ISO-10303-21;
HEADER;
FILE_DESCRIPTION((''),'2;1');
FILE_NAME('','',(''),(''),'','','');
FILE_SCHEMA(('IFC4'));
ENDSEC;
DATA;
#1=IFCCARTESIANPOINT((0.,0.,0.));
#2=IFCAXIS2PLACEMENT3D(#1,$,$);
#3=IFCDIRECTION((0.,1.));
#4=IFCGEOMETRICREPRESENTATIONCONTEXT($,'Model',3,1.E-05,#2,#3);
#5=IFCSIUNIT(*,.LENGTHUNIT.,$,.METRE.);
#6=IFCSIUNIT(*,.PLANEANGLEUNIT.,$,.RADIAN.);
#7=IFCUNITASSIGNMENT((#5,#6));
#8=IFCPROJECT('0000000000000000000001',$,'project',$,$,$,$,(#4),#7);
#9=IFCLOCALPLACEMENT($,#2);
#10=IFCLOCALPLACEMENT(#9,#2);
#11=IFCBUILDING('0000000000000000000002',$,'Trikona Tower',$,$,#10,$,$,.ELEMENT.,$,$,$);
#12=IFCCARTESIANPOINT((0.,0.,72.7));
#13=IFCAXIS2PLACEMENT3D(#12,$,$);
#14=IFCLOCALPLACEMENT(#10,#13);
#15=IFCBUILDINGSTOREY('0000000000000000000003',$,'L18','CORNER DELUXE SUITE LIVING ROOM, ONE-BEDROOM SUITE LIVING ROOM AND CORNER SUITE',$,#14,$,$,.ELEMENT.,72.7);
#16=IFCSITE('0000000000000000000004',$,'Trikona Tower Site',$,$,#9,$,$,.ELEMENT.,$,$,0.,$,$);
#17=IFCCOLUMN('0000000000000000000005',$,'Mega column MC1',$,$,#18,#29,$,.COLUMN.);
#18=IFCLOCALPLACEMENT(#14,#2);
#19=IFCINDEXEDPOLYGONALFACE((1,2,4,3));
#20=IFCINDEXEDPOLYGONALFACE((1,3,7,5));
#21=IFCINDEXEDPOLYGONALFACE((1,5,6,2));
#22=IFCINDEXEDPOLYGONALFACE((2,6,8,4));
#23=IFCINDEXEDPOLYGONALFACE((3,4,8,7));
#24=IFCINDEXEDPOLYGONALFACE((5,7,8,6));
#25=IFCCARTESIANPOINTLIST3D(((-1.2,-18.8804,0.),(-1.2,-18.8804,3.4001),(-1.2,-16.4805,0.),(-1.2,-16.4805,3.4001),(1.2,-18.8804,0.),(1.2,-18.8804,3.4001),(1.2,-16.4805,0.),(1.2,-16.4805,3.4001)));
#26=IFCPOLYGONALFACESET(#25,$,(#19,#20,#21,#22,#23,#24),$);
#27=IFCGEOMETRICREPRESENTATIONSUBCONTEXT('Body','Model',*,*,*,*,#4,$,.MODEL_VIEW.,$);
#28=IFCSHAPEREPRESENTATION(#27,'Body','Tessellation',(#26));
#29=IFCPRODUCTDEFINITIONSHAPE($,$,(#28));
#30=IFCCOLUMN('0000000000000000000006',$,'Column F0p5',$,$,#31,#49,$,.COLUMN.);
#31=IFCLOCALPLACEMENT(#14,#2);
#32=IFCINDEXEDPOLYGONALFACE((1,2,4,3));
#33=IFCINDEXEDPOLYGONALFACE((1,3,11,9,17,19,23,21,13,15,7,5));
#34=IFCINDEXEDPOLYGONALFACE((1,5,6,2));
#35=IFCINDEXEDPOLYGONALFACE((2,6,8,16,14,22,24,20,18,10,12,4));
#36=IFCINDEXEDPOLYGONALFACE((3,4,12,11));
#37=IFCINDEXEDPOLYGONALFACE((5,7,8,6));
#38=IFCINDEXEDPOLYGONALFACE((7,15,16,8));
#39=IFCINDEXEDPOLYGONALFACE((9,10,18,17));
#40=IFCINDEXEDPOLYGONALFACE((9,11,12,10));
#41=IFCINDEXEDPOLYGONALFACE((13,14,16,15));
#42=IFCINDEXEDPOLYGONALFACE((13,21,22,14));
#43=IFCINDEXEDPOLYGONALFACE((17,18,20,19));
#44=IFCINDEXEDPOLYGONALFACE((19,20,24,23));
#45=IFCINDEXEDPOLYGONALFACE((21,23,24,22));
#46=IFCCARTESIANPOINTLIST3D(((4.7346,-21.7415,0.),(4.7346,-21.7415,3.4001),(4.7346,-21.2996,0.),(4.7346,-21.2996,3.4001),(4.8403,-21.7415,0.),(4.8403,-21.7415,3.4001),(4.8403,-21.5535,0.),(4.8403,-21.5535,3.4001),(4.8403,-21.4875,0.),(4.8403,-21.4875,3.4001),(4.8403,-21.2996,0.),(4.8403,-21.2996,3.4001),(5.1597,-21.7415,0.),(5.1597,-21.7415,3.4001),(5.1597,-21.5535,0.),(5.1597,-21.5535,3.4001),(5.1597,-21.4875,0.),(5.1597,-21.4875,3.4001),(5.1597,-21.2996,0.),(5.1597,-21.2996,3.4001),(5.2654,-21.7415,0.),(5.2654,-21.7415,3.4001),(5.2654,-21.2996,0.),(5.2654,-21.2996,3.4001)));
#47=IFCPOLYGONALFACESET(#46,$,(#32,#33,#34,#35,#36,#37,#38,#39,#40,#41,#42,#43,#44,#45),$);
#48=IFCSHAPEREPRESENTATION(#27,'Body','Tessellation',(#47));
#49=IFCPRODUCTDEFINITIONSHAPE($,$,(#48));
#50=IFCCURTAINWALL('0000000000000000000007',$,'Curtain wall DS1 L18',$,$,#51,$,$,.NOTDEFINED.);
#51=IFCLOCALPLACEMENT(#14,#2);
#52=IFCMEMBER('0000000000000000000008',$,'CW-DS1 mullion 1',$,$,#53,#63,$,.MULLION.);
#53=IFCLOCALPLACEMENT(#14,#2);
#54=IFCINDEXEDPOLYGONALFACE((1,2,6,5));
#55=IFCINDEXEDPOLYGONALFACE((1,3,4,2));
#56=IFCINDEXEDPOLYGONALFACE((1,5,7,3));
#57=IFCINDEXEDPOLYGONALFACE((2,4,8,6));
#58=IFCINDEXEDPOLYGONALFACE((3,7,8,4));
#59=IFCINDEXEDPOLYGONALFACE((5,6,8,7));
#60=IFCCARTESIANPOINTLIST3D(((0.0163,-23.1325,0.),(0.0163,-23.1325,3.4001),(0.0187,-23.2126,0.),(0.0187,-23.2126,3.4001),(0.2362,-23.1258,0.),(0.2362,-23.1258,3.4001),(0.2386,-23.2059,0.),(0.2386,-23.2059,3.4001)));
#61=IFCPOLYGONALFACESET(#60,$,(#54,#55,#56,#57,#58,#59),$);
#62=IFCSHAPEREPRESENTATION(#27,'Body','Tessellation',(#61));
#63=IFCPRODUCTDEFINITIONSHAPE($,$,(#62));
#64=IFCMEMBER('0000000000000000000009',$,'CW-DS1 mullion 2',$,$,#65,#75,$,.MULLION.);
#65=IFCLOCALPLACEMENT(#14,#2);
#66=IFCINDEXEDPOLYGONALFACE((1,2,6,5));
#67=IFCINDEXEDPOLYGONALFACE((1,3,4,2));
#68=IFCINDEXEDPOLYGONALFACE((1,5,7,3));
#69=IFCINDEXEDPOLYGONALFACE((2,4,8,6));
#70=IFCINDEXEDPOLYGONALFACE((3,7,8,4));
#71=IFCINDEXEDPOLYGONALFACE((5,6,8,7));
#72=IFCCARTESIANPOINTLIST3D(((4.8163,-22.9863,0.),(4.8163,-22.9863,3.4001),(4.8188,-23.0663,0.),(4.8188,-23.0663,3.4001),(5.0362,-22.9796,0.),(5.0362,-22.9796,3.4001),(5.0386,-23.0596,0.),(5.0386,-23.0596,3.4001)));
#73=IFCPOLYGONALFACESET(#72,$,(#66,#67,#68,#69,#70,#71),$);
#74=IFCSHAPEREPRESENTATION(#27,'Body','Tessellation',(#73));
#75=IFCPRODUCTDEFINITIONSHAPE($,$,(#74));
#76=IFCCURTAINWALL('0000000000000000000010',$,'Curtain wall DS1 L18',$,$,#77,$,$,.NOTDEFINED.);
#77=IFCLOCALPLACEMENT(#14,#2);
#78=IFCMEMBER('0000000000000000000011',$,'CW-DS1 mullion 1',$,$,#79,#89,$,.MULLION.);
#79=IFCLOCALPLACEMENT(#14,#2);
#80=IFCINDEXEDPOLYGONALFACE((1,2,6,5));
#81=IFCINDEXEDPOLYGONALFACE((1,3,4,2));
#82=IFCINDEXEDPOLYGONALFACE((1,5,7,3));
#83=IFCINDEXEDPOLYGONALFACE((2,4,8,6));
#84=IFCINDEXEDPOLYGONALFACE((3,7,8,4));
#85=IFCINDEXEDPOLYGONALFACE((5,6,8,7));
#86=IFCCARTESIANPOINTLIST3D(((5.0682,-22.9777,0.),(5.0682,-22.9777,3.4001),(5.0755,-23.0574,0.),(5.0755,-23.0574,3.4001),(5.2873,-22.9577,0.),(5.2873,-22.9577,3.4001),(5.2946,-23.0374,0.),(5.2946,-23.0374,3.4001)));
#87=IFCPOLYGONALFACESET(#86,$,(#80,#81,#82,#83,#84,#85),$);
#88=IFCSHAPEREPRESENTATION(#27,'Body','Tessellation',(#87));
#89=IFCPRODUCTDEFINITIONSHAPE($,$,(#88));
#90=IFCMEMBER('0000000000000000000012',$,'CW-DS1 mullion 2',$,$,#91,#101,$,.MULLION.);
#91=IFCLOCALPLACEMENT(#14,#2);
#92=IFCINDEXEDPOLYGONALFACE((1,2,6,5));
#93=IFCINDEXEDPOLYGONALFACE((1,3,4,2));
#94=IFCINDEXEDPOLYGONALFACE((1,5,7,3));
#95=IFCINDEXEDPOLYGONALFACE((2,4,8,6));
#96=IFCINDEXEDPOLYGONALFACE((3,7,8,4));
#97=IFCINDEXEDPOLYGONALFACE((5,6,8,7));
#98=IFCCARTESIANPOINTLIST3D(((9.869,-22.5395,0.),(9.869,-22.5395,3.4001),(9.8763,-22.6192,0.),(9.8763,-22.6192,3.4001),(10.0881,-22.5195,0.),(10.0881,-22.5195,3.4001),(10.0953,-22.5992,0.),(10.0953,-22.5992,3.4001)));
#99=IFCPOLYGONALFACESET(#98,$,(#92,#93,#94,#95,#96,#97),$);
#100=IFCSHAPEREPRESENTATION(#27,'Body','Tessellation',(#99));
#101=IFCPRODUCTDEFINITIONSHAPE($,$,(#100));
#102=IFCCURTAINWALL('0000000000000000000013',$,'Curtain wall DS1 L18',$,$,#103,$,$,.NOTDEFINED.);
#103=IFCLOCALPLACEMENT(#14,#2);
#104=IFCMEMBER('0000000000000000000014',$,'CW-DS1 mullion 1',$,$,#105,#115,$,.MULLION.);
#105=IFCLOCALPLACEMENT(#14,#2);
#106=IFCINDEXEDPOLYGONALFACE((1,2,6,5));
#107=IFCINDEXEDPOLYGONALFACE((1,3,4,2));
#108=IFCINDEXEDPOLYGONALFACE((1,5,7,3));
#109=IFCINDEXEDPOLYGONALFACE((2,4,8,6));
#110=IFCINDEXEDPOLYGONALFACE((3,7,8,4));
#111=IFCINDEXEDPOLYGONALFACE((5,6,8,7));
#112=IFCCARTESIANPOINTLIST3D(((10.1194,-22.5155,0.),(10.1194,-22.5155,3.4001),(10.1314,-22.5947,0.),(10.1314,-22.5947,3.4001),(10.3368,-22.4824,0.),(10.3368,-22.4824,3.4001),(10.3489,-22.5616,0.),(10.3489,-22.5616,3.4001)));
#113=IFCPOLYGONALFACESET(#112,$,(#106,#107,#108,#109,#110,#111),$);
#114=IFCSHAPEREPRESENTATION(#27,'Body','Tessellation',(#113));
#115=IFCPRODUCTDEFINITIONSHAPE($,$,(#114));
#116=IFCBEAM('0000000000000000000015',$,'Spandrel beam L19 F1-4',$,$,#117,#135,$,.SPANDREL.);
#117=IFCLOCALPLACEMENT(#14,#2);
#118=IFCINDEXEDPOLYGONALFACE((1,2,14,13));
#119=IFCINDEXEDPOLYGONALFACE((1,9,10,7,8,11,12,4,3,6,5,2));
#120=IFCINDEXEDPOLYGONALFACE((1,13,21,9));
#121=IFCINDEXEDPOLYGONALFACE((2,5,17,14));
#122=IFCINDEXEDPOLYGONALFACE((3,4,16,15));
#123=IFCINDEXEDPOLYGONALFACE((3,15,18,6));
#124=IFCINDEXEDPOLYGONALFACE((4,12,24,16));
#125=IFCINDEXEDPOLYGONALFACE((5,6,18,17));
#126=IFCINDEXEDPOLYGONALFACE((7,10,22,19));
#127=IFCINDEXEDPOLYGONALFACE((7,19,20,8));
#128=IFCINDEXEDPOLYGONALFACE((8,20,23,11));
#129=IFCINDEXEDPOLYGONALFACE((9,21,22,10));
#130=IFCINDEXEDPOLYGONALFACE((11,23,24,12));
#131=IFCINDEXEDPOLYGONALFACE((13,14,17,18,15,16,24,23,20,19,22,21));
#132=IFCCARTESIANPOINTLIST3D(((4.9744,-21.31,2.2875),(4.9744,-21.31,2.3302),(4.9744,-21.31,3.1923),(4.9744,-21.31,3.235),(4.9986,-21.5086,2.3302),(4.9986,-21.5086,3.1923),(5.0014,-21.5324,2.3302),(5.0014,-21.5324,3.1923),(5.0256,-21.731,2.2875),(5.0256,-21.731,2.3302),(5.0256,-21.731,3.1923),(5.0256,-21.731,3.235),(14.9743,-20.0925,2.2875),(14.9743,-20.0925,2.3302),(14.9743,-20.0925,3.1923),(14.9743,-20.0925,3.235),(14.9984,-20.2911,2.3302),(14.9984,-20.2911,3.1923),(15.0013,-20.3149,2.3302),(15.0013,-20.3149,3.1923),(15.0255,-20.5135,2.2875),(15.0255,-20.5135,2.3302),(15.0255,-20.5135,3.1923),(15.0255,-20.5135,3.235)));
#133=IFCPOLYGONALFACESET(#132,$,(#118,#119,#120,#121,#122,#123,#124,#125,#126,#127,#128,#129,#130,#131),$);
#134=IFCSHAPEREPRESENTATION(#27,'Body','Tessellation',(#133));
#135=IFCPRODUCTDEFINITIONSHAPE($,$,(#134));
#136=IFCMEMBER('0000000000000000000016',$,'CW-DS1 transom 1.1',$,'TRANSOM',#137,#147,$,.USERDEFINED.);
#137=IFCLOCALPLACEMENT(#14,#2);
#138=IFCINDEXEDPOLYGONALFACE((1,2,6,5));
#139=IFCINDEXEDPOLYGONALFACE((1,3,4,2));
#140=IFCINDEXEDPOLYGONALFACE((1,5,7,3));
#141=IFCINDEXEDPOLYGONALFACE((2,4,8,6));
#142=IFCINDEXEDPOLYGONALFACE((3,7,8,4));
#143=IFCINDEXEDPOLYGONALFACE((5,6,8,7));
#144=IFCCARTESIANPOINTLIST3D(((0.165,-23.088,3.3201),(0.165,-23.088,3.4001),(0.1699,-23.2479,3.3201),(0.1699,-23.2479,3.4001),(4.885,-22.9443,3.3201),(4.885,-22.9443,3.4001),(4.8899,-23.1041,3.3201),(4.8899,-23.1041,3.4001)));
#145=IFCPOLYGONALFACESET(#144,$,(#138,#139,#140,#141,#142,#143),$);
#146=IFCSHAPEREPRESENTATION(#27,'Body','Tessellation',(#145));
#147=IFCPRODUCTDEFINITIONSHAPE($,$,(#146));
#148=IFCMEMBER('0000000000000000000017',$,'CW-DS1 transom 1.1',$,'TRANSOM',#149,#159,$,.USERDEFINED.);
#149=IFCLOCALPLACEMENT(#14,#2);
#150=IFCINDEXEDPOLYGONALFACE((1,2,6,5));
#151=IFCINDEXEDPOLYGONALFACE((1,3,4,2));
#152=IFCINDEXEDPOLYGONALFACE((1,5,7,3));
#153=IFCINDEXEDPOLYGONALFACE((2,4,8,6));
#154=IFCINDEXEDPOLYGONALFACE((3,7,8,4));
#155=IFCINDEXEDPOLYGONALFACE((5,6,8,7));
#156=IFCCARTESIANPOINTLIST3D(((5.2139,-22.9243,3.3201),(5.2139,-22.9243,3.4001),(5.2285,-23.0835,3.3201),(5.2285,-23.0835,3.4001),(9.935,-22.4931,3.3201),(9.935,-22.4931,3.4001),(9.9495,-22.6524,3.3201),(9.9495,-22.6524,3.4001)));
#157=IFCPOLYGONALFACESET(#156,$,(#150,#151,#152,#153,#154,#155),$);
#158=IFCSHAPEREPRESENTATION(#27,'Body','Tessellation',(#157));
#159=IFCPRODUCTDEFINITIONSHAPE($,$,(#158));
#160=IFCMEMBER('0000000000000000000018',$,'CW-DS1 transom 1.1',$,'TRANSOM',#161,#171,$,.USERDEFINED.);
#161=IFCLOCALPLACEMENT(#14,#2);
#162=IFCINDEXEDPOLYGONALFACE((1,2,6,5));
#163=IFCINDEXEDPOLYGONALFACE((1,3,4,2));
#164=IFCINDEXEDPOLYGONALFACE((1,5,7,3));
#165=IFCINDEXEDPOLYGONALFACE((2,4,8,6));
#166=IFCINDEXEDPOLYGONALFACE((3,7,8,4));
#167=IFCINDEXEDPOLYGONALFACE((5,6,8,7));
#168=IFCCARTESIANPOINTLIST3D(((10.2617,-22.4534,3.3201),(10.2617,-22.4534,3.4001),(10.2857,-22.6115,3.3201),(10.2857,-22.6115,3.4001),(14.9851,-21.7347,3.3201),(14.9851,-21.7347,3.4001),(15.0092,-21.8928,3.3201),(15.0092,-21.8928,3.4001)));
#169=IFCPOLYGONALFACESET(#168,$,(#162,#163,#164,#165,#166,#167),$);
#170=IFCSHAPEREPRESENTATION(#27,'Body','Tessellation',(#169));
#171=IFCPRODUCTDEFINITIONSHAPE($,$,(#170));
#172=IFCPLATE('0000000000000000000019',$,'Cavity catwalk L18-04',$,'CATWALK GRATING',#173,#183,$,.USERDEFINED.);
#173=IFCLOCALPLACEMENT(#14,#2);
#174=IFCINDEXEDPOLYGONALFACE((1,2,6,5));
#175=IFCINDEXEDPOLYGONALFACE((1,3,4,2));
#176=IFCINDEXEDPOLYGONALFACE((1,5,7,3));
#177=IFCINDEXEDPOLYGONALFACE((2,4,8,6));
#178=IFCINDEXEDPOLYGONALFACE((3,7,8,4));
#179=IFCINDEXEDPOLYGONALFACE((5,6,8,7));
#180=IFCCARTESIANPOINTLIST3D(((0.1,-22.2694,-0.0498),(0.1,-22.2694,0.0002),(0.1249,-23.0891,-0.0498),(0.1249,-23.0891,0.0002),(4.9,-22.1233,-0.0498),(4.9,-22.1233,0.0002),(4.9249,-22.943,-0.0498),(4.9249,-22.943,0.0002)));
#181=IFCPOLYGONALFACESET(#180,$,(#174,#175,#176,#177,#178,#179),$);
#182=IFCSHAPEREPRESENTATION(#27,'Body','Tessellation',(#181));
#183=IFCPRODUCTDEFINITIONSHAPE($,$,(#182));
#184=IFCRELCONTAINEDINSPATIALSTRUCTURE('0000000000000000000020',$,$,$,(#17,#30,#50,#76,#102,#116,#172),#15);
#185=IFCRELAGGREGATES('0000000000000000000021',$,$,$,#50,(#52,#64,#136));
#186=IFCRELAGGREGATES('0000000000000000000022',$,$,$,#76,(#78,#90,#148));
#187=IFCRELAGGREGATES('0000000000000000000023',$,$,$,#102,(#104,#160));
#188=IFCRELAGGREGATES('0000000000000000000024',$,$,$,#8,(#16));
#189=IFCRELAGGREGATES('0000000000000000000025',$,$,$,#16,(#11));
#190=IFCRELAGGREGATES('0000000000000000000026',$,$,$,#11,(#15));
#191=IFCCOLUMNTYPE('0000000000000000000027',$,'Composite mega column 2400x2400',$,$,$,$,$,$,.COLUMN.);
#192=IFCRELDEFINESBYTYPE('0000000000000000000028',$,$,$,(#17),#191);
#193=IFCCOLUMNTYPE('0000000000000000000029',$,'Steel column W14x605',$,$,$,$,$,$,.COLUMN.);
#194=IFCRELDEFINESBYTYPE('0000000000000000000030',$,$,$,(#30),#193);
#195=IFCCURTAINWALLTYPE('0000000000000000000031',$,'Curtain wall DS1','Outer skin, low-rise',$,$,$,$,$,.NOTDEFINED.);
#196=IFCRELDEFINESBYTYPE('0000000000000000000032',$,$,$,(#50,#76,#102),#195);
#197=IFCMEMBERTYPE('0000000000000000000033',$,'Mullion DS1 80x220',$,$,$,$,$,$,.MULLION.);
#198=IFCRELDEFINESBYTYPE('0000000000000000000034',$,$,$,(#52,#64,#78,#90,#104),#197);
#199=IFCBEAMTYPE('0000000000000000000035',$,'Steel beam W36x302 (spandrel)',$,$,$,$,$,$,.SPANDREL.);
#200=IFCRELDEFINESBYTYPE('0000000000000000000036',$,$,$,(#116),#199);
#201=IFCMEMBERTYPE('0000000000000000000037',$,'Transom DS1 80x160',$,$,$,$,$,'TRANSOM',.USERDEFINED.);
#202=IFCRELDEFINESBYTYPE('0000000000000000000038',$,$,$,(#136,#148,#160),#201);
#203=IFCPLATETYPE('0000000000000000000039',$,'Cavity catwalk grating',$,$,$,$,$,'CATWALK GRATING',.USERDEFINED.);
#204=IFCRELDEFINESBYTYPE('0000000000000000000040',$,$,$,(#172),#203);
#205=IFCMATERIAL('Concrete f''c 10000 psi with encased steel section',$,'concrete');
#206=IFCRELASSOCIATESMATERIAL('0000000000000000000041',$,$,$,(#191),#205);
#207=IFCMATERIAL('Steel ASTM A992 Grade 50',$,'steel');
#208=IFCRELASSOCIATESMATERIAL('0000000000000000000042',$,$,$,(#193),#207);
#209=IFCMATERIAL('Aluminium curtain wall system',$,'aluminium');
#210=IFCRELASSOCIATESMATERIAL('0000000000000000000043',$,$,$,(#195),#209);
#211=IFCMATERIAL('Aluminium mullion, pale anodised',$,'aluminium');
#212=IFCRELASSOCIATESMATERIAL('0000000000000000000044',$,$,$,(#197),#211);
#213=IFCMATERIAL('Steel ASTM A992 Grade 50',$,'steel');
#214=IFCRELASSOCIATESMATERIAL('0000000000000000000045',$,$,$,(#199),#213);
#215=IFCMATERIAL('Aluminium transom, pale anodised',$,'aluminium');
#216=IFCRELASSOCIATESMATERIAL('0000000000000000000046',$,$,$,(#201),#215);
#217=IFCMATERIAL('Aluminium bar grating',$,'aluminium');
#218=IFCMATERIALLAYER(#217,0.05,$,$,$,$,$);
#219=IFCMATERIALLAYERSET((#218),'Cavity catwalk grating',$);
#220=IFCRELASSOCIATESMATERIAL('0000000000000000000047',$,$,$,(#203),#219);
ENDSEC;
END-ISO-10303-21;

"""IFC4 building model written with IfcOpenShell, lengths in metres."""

from ifc_helpers import new_model, si_unit, direction, frame, origin, origin_2d, place, context, subcontext, project, spatial, rectangle, i_section, extrude, material, layer, layer_set, material_profile, profile_set, type_object, element, aggregate, save


model = new_model("IFC4")

# Units and contexts
model_context = context("Model", 3, precision=1e-05, world=origin(), true_north=direction((0.0, 1.0)))
body_context = subcontext(model_context, "Body", "Model", "MODEL_VIEW")
ifc_project = project(units=[si_unit("LENGTHUNIT", "METRE"), si_unit("PLANEANGLEUNIT", "RADIAN")], contexts=[model_context])

# Site, building, storey
site_placement = place(None, origin())
site = spatial("IfcSite", under=ifc_project, at=site_placement, Name="Trikona Tower Site", CompositionType="ELEMENT", RefElevation=0.0)
building_placement = place(site_placement, origin())
building = spatial("IfcBuilding", under=site, at=building_placement, Name="Trikona Tower", CompositionType="ELEMENT")
storey_placement = place(building_placement, frame((0.0, 0.0, 72.7)))
storey = spatial("IfcBuildingStorey", under=building, at=storey_placement, Name="L18", Description="CORNER DELUXE SUITE LIVING ROOM, ONE-BEDROOM SUITE LIVING ROOM AND CORNER SUITE", CompositionType="ELEMENT", Elevation=72.7)

# Columns
ifc_material_1 = material(Name="Concrete f'c 10000 psi with encased steel section", Category="concrete")
ifc_material_profile_1 = material_profile(ifc_material_1, rectangle(XDim=2.3999, YDim=2.3999, at=origin_2d()), Name="MC2400")
ifc_profile_set_1 = profile_set([ifc_material_profile_1], Name="Concrete f'c 10000 psi with encased steel section")
column_type_1 = type_object("IfcColumnType", Name="Composite mega column 2400x2400", PredefinedType="COLUMN", material=ifc_profile_set_1)
column_1_placement = place(storey_placement, frame((0.0, -17.6804, 0.0), z_axis=(0.0, 0.0, 1.0), x_axis=(0.0, -1.0, 0.0)))
element("IfcColumn", 1, at=column_1_placement, inside=storey, type_object=column_type_1, Name="Mega column MC1", PredefinedType="COLUMN", context=body_context, shape_type="SweptSolid", body=[
    extrude(rectangle(XDim=2.3999, YDim=2.3999, at=origin_2d()), origin(), (0.0, 0.0, 1.0), 3.4001),
])
ifc_material_2 = material(Name="Steel ASTM A992 Grade 50", Category="steel")
ifc_material_profile_2 = material_profile(ifc_material_2, i_section(OverallWidth=0.4419, OverallDepth=0.5308, WebThickness=0.0659, FlangeThickness=0.1057, at=origin_2d()), Name="W14X605")
ifc_profile_set_2 = profile_set([ifc_material_profile_2], Name="Steel ASTM A992 Grade 50")
column_type_2 = type_object("IfcColumnType", Name="Steel column W14x605", PredefinedType="COLUMN", material=ifc_profile_set_2)
column_2_placement = place(storey_placement, frame((5.0, -21.5205, 0.0), z_axis=(0.0, 0.0, 1.0), x_axis=(0.0, -1.0, 0.0)))
element("IfcColumn", 2, at=column_2_placement, inside=storey, type_object=column_type_2, Name="Column F0p5", PredefinedType="COLUMN", context=body_context, shape_type="SweptSolid", body=[
    extrude(i_section(OverallWidth=0.4419, OverallDepth=0.5308, WebThickness=0.0659, FlangeThickness=0.1057, at=origin_2d()), origin(), (0.0, 0.0, 1.0), 3.4001),
])

# Curtain walls, members
ifc_material_3 = material(Name="Aluminium curtain wall system", Category="aluminium")
curtain_wall_type = type_object("IfcCurtainWallType", Name="Curtain wall DS1", Description="Outer skin, low-rise", PredefinedType="NOTDEFINED", material=ifc_material_3)
curtain_wall_1_placement = place(storey_placement, origin())
curtain_wall_1 = element("IfcCurtainWall", 3, at=curtain_wall_1_placement, inside=storey, type_object=curtain_wall_type, Name="Curtain wall DS1 L18", PredefinedType="NOTDEFINED")
ifc_material_4 = material(Name="Aluminium mullion, pale anodised", Category="aluminium")
ifc_material_profile_3 = material_profile(ifc_material_4, rectangle(XDim=0.0801, YDim=0.22, at=origin_2d()), Name="MUL-DS1")
ifc_profile_set_3 = profile_set([ifc_material_profile_3], Name="Aluminium mullion, pale anodised")
member_type_1 = type_object("IfcMemberType", Name="Mullion DS1 80x220", PredefinedType="MULLION", material=ifc_profile_set_3)
member_1_placement = place(storey_placement, frame((0.1274, -23.1692, 0.0), z_axis=(0.0, 0.0, 1.0), x_axis=(-0.030437, 0.999537, 0.0)))
member_1 = element("IfcMember", 4, at=member_1_placement, type_object=member_type_1, Name="CW-DS1 mullion 1", PredefinedType="MULLION", context=body_context, shape_type="SweptSolid", body=[
    extrude(rectangle(XDim=0.0801, YDim=0.22, at=origin_2d()), origin(), (0.0, 0.0, 1.0), 3.4001),
])
member_2_placement = place(storey_placement, frame((4.9275, -23.0229, 0.0), z_axis=(0.0, 0.0, 1.0), x_axis=(-0.030437, 0.999537, 0.0)))
member_2 = element("IfcMember", 5, at=member_2_placement, type_object=member_type_1, Name="CW-DS1 mullion 2", PredefinedType="MULLION", context=body_context, shape_type="SweptSolid", body=[
    extrude(rectangle(XDim=0.0801, YDim=0.22, at=origin_2d()), origin(), (0.0, 0.0, 1.0), 3.4001),
])
curtain_wall_2_placement = place(storey_placement, origin())
curtain_wall_2 = element("IfcCurtainWall", 6, at=curtain_wall_2_placement, inside=storey, type_object=curtain_wall_type, Name="Curtain wall DS1 L18", PredefinedType="NOTDEFINED")
member_3_placement = place(storey_placement, frame((5.1814, -23.0076, 0.0), z_axis=(0.0, 0.0, 1.0), x_axis=(-0.090924, 0.995858, 0.0)))
member_3 = element("IfcMember", 7, at=member_3_placement, type_object=member_type_1, Name="CW-DS1 mullion 1", PredefinedType="MULLION", context=body_context, shape_type="SweptSolid", body=[
    extrude(rectangle(XDim=0.0801, YDim=0.22, at=origin_2d()), origin(), (0.0, 0.0, 1.0), 3.4001),
])
member_4_placement = place(storey_placement, frame((9.9822, -22.5693, 0.0), z_axis=(0.0, 0.0, 1.0), x_axis=(-0.090924, 0.995858, 0.0)))
member_4 = element("IfcMember", 8, at=member_4_placement, type_object=member_type_1, Name="CW-DS1 mullion 2", PredefinedType="MULLION", context=body_context, shape_type="SweptSolid", body=[
    extrude(rectangle(XDim=0.0801, YDim=0.22, at=origin_2d()), origin(), (0.0, 0.0, 1.0), 3.4001),
])

# Curtain wall, member
curtain_wall_3_placement = place(storey_placement, origin())
curtain_wall_3 = element("IfcCurtainWall", 9, at=curtain_wall_3_placement, inside=storey, type_object=curtain_wall_type, Name="Curtain wall DS1 L18", PredefinedType="NOTDEFINED")
member_5_placement = place(storey_placement, frame((10.2341, -22.5386, 0.0), z_axis=(0.0, 0.0, 1.0), x_axis=(-0.150438, 0.988619, 0.0)))
member_5 = element("IfcMember", 10, at=member_5_placement, type_object=member_type_1, Name="CW-DS1 mullion 1", PredefinedType="MULLION", context=body_context, shape_type="SweptSolid", body=[
    extrude(rectangle(XDim=0.0801, YDim=0.22, at=origin_2d()), origin(), (0.0, 0.0, 1.0), 3.4001),
])

# Beam
ifc_material_5 = material(Name="Steel ASTM A992 Grade 50", Category="steel")
ifc_material_profile_4 = material_profile(ifc_material_5, i_section(OverallWidth=0.4241, OverallDepth=0.9475, WebThickness=0.0239, FlangeThickness=0.0427, at=origin_2d()), Name="W36X302")
ifc_profile_set_4 = profile_set([ifc_material_profile_4], Name="Steel ASTM A992 Grade 50")
beam_type = type_object("IfcBeamType", Name="Steel beam W36x302 (spandrel)", PredefinedType="SPANDREL", material=ifc_profile_set_4)
beam_placement = place(storey_placement, frame((5.0, -21.5205, 2.7612), z_axis=(0.99267, 0.12086, 0.0), x_axis=(-0.12086, 0.99267, 0.0)))
element("IfcBeam", 11, at=beam_placement, inside=storey, type_object=beam_type, Name="Spandrel beam L19 F1-4", PredefinedType="SPANDREL", context=body_context, shape_type="SweptSolid", body=[
    extrude(i_section(OverallWidth=0.4241, OverallDepth=0.9475, WebThickness=0.0239, FlangeThickness=0.0427, at=origin_2d()), origin(), (0.0, 0.0, 1.0), 10.0737),
])

# Members
ifc_material_6 = material(Name="Aluminium transom, pale anodised", Category="aluminium")
ifc_material_profile_5 = material_profile(ifc_material_6, rectangle(XDim=0.1599, YDim=0.0801, at=origin_2d()), Name="TRN-DS1")
ifc_profile_set_5 = profile_set([ifc_material_profile_5], Name="Aluminium transom, pale anodised")
member_type_2 = type_object("IfcMemberType", Name="Transom DS1 80x160", ElementType="TRANSOM", PredefinedType="USERDEFINED", material=ifc_profile_set_5)
member_6_placement = place(storey_placement, frame((0.1675, -23.168, 3.3601), z_axis=(0.999536, 0.030452, 0.0), x_axis=(-0.030452, 0.999536, 0.0)))
member_6 = element("IfcMember", 12, at=member_6_placement, type_object=member_type_2, Name="CW-DS1 transom 1.1", ObjectType="TRANSOM", PredefinedType="USERDEFINED", context=body_context, shape_type="SweptSolid", body=[
    extrude(rectangle(XDim=0.1599, YDim=0.0801, at=origin_2d()), origin(), (0.0, 0.0, 1.0), 4.7222),
])
member_7_placement = place(storey_placement, frame((5.2212, -23.0039, 3.3601), z_axis=(0.995856, 0.090944, 0.0), x_axis=(-0.090944, 0.995856, 0.0)))
member_7 = element("IfcMember", 13, at=member_7_placement, type_object=member_type_2, Name="CW-DS1 transom 1.1", ObjectType="TRANSOM", PredefinedType="USERDEFINED", context=body_context, shape_type="SweptSolid", body=[
    extrude(rectangle(XDim=0.1599, YDim=0.0801, at=origin_2d()), origin(), (0.0, 0.0, 1.0), 4.7407),
])
member_8_placement = place(storey_placement, frame((10.2737, -22.5325, 3.3601), z_axis=(0.98862, 0.150437, 0.0), x_axis=(-0.150437, 0.98862, 0.0)))
member_8 = element("IfcMember", 14, at=member_8_placement, type_object=member_type_2, Name="CW-DS1 transom 1.1", ObjectType="TRANSOM", PredefinedType="USERDEFINED", context=body_context, shape_type="SweptSolid", body=[
    extrude(rectangle(XDim=0.1599, YDim=0.0801, at=origin_2d()), origin(), (0.0, 0.0, 1.0), 4.7778),
])

# Plate
ifc_material_7 = material(Name="Aluminium bar grating", Category="aluminium")
ifc_layer_1 = layer(ifc_material_7, 0.05)
ifc_layer_set_1 = layer_set([ifc_layer_1], Name="Cavity catwalk grating")
plate_type_1 = type_object("IfcPlateType", Name="Cavity catwalk grating", ElementType="CATWALK GRATING", PredefinedType="USERDEFINED", material=ifc_layer_set_1)
plate_1_placement = place(storey_placement, frame((2.5125, -22.6062, -0.0498), z_axis=(0.0, 0.0, 1.0), x_axis=(0.999537, 0.030425, 0.0)))
element("IfcPlate", 15, at=plate_1_placement, inside=storey, type_object=plate_type_1, Name="Cavity catwalk L18-04", ObjectType="CATWALK GRATING", PredefinedType="USERDEFINED", context=body_context, shape_type="SweptSolid", body=[
    extrude(rectangle(XDim=4.8022, YDim=0.8201, at=origin_2d()), origin(), (0.0, 0.0, 1.0), 0.05),
])

aggregate(curtain_wall_1, [member_1, member_2, member_6])
aggregate(curtain_wall_2, [member_3, member_4, member_7])
aggregate(curtain_wall_3, [member_5, member_8])

save(model, "model.ifc")
